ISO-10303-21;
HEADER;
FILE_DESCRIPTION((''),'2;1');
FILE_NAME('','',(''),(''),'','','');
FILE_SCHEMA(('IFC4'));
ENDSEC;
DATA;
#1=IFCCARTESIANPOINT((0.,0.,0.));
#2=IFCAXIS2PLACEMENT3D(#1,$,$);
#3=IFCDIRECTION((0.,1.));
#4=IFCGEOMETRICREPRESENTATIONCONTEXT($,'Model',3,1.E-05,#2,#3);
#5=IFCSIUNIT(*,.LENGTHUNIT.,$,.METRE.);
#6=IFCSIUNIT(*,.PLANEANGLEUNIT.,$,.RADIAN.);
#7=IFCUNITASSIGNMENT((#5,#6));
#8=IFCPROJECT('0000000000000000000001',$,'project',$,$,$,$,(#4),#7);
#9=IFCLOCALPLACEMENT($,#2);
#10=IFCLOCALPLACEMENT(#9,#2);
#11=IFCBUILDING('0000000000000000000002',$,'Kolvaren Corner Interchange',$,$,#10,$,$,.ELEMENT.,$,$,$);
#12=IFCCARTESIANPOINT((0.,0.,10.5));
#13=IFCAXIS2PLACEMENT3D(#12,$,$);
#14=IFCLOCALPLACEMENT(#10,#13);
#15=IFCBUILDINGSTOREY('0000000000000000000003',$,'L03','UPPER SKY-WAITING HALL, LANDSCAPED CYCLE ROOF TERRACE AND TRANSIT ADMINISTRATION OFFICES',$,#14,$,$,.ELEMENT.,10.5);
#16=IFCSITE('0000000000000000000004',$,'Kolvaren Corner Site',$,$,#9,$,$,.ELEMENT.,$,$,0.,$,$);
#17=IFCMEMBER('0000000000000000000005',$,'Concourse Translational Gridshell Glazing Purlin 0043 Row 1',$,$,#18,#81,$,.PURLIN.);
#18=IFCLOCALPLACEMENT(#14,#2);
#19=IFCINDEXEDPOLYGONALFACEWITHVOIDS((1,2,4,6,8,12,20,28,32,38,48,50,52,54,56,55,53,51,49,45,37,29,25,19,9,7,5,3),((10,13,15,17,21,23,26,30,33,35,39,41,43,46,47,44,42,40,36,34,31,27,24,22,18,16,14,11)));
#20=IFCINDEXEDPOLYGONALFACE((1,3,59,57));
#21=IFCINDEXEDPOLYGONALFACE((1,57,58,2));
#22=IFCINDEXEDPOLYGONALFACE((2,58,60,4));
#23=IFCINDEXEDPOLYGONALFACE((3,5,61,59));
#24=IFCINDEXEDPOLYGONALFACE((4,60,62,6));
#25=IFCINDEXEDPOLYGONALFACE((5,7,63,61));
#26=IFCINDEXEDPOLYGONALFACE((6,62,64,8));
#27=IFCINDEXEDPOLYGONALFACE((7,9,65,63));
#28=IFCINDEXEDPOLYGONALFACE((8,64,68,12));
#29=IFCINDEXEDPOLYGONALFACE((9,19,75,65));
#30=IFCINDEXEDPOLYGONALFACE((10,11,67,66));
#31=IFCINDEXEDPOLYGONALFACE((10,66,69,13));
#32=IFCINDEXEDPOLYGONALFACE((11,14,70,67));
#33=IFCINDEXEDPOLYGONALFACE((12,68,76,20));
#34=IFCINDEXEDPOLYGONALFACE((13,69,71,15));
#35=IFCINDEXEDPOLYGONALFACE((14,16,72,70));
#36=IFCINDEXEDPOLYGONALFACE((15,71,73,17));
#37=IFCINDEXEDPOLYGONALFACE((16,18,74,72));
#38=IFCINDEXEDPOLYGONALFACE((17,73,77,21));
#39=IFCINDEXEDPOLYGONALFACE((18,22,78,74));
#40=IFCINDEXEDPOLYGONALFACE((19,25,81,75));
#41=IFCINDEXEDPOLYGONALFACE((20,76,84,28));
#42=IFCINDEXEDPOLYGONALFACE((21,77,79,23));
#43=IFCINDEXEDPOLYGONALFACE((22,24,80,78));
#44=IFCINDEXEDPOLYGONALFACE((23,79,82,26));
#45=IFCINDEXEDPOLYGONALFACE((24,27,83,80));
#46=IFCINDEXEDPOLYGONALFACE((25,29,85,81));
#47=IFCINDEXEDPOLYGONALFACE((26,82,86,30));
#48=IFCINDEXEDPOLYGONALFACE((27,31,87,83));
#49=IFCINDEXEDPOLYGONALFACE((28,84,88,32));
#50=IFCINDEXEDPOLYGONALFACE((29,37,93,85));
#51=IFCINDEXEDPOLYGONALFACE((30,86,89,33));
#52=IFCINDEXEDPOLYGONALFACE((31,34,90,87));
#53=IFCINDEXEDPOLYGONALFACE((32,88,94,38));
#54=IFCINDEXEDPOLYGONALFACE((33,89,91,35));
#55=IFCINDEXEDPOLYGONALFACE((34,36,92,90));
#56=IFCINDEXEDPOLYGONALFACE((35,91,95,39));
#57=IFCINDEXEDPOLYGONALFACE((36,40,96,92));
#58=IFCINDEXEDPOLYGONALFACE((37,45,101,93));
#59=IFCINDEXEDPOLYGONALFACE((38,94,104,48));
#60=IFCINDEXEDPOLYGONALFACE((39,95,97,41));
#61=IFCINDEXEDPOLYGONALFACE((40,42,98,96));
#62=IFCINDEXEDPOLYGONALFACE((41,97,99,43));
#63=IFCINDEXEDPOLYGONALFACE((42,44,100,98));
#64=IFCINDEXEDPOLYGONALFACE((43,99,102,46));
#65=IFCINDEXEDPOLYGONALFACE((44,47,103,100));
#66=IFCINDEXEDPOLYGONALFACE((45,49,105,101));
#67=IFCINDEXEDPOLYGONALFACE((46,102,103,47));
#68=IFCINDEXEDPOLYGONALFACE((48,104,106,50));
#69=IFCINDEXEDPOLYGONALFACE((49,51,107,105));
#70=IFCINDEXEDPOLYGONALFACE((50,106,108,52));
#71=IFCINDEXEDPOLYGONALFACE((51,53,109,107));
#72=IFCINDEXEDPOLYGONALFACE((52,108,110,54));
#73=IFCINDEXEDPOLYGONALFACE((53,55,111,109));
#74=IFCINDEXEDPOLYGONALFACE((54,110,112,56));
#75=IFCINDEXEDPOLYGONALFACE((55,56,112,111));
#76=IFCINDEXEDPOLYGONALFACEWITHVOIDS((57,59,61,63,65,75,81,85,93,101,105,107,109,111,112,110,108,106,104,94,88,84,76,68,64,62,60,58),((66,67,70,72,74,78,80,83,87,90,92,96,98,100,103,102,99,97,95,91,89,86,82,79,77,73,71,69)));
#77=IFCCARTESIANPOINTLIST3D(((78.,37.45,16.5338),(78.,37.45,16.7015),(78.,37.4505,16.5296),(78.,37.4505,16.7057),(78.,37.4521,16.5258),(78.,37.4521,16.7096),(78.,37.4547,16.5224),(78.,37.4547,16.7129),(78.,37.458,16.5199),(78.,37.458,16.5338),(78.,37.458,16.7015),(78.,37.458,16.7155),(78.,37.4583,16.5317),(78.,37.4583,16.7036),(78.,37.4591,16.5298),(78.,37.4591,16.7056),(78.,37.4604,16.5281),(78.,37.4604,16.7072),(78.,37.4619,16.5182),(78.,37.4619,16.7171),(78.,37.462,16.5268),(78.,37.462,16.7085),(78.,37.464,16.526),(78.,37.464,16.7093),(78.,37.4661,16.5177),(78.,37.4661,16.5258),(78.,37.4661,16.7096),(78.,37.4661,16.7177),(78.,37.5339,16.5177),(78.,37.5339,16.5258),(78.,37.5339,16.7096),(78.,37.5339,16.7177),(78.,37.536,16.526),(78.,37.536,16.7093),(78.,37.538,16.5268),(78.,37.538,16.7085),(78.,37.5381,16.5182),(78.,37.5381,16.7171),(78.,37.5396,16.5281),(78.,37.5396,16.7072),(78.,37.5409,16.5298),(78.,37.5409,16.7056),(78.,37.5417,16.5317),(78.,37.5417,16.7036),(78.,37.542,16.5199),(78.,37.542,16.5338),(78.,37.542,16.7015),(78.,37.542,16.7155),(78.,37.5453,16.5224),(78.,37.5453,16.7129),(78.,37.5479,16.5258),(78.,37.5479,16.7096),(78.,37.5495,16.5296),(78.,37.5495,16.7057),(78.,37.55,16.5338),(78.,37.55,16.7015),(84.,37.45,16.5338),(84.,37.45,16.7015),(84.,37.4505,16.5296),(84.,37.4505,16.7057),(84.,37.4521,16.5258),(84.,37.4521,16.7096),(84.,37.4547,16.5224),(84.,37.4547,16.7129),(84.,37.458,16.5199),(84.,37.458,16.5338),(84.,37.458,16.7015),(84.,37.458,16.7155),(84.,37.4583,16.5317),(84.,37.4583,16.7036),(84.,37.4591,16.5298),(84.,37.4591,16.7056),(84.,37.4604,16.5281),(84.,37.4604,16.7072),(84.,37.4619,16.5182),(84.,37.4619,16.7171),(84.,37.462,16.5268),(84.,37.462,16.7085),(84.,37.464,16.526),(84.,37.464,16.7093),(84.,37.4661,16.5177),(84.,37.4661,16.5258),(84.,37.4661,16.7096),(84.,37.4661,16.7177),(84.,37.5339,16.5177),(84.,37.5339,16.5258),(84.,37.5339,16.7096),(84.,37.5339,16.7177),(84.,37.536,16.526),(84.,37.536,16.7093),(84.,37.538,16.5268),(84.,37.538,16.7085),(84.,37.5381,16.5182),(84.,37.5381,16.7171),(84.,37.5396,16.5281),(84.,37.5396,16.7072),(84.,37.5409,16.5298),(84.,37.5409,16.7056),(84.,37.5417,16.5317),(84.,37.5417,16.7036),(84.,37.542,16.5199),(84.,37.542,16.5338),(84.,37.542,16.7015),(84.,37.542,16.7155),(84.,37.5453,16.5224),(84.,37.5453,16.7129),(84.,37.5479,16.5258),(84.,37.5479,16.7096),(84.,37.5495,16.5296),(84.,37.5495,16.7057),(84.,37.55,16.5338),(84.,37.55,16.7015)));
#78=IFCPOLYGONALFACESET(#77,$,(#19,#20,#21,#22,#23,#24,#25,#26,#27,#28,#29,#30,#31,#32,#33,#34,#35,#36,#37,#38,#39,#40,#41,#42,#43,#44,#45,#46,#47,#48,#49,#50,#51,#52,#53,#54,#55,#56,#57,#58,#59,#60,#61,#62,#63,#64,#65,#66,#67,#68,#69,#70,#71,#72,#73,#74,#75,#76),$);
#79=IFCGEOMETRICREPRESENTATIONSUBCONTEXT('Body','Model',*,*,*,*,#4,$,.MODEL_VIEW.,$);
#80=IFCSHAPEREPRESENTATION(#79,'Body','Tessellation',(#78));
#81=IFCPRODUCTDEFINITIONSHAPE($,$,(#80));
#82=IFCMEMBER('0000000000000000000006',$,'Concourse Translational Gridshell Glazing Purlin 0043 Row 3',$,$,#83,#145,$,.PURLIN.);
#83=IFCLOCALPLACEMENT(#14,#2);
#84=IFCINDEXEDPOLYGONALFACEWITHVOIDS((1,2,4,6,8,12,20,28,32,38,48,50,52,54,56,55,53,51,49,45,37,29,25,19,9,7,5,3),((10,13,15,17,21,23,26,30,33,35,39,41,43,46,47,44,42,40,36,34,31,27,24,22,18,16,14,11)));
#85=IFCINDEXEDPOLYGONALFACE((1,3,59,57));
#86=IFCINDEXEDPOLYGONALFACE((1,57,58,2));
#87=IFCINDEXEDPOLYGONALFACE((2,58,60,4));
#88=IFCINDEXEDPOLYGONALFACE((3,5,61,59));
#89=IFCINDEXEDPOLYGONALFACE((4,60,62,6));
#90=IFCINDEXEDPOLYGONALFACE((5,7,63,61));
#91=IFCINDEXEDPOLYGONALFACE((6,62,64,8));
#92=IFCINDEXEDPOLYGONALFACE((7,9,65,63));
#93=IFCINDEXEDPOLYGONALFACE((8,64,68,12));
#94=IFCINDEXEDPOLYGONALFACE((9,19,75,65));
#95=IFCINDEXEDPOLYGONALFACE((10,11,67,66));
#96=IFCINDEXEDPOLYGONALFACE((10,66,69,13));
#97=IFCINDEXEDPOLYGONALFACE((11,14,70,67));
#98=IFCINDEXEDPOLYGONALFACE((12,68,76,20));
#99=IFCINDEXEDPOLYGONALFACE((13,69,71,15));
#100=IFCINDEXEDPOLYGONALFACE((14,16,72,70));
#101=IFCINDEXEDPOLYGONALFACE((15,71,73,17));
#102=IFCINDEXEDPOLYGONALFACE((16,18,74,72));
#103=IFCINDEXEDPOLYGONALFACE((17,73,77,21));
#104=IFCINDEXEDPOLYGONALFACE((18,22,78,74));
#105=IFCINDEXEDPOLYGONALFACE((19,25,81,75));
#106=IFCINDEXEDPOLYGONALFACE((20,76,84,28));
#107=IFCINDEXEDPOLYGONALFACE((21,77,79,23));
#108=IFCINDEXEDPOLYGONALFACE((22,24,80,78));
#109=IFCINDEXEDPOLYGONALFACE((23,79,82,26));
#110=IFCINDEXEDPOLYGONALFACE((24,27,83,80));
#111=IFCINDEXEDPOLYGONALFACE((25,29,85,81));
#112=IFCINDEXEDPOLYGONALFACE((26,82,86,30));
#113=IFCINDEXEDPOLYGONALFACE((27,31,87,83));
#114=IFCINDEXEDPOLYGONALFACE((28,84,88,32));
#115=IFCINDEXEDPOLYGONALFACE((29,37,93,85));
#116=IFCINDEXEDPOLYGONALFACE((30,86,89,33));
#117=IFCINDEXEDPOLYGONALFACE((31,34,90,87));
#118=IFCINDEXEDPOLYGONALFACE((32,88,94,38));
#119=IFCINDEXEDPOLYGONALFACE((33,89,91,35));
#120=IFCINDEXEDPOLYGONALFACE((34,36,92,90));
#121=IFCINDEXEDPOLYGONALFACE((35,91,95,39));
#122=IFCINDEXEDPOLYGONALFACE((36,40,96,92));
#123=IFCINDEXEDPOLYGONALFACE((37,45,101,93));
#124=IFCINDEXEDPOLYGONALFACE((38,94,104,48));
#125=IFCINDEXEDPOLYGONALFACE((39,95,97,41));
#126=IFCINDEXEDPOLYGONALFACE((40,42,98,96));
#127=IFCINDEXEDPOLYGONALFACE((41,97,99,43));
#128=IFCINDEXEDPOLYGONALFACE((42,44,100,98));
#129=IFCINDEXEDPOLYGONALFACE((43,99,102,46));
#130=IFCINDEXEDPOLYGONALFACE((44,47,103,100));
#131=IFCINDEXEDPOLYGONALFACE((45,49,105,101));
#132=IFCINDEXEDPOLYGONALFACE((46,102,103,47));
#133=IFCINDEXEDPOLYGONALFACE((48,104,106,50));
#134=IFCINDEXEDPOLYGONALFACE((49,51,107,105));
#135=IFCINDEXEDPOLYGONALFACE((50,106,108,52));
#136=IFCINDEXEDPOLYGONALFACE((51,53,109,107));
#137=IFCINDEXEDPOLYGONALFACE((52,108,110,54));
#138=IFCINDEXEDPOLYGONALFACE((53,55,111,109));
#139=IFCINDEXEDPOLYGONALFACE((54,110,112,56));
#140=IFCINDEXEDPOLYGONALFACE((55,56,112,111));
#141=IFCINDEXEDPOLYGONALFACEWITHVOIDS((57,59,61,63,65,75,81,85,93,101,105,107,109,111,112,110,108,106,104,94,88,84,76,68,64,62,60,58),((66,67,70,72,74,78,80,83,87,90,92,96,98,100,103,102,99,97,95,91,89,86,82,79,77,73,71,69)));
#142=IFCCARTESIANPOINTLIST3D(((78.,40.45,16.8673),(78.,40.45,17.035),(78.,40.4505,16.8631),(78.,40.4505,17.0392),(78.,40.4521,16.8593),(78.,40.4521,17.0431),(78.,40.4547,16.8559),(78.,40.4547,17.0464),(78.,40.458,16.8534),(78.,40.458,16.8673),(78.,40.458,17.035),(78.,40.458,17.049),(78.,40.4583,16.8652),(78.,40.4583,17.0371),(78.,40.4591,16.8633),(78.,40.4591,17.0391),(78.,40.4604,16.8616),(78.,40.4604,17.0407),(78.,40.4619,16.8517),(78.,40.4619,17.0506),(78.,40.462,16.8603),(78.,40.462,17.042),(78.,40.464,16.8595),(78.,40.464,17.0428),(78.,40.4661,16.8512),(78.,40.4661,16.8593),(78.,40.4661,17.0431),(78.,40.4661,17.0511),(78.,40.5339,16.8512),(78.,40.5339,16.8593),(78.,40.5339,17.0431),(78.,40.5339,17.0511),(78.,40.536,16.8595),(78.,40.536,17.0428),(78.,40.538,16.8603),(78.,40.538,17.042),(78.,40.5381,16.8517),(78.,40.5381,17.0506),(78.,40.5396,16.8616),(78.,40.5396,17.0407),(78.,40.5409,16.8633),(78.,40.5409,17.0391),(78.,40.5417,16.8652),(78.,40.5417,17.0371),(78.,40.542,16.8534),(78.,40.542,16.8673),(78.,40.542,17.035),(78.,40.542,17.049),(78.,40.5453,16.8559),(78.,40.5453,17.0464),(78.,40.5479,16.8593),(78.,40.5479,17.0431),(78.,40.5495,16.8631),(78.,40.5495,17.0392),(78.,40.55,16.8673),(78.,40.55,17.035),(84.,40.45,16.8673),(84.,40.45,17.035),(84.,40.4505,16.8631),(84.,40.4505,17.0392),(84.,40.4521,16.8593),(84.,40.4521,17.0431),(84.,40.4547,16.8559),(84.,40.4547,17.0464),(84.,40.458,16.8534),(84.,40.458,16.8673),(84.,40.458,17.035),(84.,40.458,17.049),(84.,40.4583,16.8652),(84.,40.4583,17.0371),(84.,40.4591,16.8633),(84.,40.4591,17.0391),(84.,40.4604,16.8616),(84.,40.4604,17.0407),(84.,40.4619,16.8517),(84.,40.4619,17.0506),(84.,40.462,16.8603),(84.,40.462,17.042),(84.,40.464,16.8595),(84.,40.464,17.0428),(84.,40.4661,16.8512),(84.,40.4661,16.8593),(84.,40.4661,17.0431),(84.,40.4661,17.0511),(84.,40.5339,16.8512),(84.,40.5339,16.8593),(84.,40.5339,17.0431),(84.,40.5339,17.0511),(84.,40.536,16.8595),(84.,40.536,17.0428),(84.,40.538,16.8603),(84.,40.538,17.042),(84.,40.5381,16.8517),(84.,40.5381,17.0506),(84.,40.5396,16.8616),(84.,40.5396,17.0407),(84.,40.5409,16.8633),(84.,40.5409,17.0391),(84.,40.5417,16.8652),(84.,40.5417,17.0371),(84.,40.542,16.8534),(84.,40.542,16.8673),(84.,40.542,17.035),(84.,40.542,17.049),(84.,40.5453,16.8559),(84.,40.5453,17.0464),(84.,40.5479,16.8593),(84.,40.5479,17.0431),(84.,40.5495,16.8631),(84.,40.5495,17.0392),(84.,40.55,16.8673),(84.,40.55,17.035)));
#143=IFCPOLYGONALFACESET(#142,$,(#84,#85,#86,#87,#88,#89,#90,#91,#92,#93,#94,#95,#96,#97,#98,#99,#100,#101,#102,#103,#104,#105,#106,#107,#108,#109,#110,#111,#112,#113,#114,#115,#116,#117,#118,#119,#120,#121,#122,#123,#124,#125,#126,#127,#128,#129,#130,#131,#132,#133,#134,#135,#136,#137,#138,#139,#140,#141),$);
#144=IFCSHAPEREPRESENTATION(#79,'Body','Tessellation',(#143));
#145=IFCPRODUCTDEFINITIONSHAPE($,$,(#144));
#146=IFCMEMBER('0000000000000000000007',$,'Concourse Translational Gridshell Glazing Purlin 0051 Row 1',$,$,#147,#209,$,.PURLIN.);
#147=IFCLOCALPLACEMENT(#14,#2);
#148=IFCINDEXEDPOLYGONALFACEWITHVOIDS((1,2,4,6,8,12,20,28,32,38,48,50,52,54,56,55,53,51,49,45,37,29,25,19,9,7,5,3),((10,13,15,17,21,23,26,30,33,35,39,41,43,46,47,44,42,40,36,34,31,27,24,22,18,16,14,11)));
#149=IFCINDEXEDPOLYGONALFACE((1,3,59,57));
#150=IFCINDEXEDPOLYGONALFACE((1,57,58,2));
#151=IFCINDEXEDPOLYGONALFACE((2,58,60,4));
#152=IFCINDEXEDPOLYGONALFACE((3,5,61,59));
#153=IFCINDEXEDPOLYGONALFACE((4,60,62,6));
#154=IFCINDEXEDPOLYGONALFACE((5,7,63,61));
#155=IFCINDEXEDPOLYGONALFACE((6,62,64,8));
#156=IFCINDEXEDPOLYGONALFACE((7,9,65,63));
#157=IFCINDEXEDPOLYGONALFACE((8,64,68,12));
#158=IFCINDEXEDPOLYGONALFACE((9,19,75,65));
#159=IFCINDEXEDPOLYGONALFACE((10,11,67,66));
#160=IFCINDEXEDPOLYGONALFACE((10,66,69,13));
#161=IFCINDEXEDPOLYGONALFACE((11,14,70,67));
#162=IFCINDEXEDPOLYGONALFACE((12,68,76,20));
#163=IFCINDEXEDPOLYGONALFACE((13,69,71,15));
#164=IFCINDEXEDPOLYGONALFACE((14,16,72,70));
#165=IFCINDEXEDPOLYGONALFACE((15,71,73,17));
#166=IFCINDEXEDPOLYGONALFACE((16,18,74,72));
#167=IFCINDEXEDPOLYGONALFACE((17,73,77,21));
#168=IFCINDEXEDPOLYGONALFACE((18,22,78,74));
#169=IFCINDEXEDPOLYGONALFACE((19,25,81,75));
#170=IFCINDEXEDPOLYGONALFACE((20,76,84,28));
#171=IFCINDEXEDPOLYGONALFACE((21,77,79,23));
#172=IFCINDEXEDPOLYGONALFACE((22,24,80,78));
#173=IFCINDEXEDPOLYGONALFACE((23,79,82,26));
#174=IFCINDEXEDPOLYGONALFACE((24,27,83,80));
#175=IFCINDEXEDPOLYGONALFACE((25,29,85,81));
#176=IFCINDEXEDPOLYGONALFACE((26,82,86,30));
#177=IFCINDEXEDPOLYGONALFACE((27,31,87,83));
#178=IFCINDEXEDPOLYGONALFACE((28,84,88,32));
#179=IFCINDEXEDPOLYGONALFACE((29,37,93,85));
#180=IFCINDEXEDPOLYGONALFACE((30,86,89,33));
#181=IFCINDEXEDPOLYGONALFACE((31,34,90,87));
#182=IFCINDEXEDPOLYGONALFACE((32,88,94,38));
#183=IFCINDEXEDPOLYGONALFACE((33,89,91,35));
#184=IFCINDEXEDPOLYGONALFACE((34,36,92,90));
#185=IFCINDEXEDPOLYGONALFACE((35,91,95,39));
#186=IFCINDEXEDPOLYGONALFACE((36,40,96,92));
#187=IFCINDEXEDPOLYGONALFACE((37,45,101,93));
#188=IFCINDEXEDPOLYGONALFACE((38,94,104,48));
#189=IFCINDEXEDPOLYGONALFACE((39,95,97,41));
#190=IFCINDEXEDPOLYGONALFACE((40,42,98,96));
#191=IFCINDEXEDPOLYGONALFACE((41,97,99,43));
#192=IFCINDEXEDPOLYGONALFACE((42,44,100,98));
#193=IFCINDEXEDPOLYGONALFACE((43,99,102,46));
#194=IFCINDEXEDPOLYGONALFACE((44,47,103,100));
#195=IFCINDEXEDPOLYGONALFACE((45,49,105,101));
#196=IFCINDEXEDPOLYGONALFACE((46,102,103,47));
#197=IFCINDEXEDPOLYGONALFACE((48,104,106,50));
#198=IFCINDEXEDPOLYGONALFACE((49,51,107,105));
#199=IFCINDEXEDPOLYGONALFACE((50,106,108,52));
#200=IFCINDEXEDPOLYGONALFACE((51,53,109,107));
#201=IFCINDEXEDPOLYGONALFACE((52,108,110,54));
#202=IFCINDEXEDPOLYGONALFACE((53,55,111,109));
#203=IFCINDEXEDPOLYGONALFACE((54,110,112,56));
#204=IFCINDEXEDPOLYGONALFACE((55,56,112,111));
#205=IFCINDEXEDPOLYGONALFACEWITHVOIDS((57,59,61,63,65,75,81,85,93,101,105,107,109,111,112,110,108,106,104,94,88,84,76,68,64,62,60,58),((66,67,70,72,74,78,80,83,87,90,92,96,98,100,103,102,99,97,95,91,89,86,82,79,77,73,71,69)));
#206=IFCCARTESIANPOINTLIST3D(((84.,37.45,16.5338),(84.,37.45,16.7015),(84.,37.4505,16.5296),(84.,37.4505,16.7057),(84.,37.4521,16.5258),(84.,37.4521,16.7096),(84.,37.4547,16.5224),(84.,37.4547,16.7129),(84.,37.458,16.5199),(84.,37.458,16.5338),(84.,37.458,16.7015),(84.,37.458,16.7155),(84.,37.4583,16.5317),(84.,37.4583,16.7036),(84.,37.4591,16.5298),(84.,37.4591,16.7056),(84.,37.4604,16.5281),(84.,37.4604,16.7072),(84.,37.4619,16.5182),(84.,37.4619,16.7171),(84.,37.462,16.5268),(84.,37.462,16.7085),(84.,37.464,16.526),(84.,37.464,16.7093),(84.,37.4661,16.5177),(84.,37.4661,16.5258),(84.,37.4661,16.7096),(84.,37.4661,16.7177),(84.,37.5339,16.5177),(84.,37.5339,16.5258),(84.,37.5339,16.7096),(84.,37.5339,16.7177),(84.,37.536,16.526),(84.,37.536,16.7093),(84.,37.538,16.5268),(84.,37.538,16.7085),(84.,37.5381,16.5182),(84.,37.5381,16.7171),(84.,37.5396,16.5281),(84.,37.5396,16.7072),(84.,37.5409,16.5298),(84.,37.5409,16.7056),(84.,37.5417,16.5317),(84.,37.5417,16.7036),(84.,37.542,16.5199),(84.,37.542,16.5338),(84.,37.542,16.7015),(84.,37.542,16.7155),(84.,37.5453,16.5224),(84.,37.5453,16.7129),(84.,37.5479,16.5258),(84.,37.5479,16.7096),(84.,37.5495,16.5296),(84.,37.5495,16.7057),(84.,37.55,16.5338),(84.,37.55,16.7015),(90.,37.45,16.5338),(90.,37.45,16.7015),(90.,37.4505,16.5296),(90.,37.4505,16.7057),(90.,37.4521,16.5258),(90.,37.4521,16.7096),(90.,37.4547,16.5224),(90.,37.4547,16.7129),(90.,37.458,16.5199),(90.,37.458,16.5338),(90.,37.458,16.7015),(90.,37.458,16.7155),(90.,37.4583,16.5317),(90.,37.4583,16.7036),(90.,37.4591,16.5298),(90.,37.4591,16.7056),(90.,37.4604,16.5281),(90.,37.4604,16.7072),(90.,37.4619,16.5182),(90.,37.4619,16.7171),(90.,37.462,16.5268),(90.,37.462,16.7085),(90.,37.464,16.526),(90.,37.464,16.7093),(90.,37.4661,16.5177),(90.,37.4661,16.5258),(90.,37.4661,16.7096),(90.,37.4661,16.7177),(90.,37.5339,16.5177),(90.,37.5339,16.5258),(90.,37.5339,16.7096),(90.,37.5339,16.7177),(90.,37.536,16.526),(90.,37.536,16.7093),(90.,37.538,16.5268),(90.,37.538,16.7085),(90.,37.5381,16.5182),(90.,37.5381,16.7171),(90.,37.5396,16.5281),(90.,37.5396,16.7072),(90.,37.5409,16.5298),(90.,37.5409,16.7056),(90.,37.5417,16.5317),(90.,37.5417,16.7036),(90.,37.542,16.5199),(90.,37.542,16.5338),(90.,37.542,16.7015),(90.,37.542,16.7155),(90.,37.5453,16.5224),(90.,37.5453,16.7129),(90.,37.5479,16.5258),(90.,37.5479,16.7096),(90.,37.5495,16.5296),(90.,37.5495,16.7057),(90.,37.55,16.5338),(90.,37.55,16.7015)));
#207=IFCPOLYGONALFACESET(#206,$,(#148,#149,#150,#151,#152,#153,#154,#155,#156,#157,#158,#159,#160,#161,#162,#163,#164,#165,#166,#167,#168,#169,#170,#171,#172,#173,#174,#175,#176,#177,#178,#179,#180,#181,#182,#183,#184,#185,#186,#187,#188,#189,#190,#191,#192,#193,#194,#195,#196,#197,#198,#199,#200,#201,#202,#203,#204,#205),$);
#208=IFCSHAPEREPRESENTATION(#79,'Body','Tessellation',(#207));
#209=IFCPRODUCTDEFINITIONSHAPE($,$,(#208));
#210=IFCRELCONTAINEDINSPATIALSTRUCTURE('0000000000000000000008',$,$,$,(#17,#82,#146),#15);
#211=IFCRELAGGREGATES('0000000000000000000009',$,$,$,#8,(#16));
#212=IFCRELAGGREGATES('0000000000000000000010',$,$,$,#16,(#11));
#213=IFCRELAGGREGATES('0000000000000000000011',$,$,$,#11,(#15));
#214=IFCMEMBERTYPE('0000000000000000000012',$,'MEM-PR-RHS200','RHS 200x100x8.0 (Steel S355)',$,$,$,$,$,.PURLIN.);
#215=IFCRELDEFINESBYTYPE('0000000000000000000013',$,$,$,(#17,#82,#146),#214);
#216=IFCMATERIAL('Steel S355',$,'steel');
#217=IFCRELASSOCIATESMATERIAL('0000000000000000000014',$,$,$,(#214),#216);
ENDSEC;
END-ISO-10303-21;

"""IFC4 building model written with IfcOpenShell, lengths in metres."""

from ifc_helpers import new_model, si_unit, direction, frame, origin, origin_2d, place, context, subcontext, project, spatial, hollow_rectangle, extrude, material, material_profile, profile_set, type_object, element, save


model = new_model("IFC4")

# Units and contexts
model_context = context("Model", 3, precision=1e-05, world=origin(), true_north=direction((0.0, 1.0)))
body_context = subcontext(model_context, "Body", "Model", "MODEL_VIEW")
ifc_project = project(units=[si_unit("LENGTHUNIT", "METRE"), si_unit("PLANEANGLEUNIT", "RADIAN")], contexts=[model_context])

# Site, building, storey
site_placement = place(None, origin())
site = spatial("IfcSite", under=ifc_project, at=site_placement, Name="Kolvaren Corner Site", CompositionType="ELEMENT", RefElevation=0.0)
building_placement = place(site_placement, origin())
building = spatial("IfcBuilding", under=site, at=building_placement, Name="Kolvaren Corner Interchange", CompositionType="ELEMENT")
storey_placement = place(building_placement, frame((0.0, 0.0, 10.5)))
storey = spatial("IfcBuildingStorey", under=building, at=storey_placement, Name="L03", Description="UPPER SKY-WAITING HALL, LANDSCAPED CYCLE ROOF TERRACE AND TRANSIT ADMINISTRATION OFFICES", CompositionType="ELEMENT", Elevation=10.5)

# Members
ifc_material_1 = material(Name="Steel S355", Category="steel")
ifc_material_profile_1 = material_profile(ifc_material_1, hollow_rectangle(XDim=0.1001, YDim=0.2, WallThickness=0.0081, InnerFilletRadius=0.0081, OuterFilletRadius=0.0161, at=origin_2d()), Name="RHS 200x100x8.0")
ifc_profile_set_1 = profile_set([ifc_material_profile_1], Name="Steel S355")
member_type_1 = type_object("IfcMemberType", Name="MEM-PR-RHS200", Description="RHS 200x100x8.0 (Steel S355)", PredefinedType="PURLIN", material=ifc_profile_set_1)
for number, where, z_axis, x_axis, name in (
    (1, (78.0, 37.5, 16.6177), (1.0, 0.0, 0.0), (0.0, 1.0, 0.0), "Concourse Translational Gridshell Glazing Purlin 0043 Row 1"),
    (2, (78.0, 40.5, 16.9512), (1.0, 0.0, 0.0), (0.0, 1.0, 0.0), "Concourse Translational Gridshell Glazing Purlin 0043 Row 3"),
    (3, (84.0, 37.5, 16.6177), (1.0, 0.0, 0.0), (0.0, 1.0, 0.0), "Concourse Translational Gridshell Glazing Purlin 0051 Row 1"),
):
    element("IfcMember", number, at=place(storey_placement, frame(where, z_axis=z_axis, x_axis=x_axis)), inside=storey, type_object=member_type_1, Name=name, PredefinedType="PURLIN", context=body_context, shape_type="SweptSolid", body=[
        extrude(hollow_rectangle(XDim=0.1001, YDim=0.2, WallThickness=0.0081, InnerFilletRadius=0.0081, OuterFilletRadius=0.0161, at=origin_2d()), origin(), (0.0, 0.0, 1.0), 6.0),
    ])

save(model, "model.ifc")
